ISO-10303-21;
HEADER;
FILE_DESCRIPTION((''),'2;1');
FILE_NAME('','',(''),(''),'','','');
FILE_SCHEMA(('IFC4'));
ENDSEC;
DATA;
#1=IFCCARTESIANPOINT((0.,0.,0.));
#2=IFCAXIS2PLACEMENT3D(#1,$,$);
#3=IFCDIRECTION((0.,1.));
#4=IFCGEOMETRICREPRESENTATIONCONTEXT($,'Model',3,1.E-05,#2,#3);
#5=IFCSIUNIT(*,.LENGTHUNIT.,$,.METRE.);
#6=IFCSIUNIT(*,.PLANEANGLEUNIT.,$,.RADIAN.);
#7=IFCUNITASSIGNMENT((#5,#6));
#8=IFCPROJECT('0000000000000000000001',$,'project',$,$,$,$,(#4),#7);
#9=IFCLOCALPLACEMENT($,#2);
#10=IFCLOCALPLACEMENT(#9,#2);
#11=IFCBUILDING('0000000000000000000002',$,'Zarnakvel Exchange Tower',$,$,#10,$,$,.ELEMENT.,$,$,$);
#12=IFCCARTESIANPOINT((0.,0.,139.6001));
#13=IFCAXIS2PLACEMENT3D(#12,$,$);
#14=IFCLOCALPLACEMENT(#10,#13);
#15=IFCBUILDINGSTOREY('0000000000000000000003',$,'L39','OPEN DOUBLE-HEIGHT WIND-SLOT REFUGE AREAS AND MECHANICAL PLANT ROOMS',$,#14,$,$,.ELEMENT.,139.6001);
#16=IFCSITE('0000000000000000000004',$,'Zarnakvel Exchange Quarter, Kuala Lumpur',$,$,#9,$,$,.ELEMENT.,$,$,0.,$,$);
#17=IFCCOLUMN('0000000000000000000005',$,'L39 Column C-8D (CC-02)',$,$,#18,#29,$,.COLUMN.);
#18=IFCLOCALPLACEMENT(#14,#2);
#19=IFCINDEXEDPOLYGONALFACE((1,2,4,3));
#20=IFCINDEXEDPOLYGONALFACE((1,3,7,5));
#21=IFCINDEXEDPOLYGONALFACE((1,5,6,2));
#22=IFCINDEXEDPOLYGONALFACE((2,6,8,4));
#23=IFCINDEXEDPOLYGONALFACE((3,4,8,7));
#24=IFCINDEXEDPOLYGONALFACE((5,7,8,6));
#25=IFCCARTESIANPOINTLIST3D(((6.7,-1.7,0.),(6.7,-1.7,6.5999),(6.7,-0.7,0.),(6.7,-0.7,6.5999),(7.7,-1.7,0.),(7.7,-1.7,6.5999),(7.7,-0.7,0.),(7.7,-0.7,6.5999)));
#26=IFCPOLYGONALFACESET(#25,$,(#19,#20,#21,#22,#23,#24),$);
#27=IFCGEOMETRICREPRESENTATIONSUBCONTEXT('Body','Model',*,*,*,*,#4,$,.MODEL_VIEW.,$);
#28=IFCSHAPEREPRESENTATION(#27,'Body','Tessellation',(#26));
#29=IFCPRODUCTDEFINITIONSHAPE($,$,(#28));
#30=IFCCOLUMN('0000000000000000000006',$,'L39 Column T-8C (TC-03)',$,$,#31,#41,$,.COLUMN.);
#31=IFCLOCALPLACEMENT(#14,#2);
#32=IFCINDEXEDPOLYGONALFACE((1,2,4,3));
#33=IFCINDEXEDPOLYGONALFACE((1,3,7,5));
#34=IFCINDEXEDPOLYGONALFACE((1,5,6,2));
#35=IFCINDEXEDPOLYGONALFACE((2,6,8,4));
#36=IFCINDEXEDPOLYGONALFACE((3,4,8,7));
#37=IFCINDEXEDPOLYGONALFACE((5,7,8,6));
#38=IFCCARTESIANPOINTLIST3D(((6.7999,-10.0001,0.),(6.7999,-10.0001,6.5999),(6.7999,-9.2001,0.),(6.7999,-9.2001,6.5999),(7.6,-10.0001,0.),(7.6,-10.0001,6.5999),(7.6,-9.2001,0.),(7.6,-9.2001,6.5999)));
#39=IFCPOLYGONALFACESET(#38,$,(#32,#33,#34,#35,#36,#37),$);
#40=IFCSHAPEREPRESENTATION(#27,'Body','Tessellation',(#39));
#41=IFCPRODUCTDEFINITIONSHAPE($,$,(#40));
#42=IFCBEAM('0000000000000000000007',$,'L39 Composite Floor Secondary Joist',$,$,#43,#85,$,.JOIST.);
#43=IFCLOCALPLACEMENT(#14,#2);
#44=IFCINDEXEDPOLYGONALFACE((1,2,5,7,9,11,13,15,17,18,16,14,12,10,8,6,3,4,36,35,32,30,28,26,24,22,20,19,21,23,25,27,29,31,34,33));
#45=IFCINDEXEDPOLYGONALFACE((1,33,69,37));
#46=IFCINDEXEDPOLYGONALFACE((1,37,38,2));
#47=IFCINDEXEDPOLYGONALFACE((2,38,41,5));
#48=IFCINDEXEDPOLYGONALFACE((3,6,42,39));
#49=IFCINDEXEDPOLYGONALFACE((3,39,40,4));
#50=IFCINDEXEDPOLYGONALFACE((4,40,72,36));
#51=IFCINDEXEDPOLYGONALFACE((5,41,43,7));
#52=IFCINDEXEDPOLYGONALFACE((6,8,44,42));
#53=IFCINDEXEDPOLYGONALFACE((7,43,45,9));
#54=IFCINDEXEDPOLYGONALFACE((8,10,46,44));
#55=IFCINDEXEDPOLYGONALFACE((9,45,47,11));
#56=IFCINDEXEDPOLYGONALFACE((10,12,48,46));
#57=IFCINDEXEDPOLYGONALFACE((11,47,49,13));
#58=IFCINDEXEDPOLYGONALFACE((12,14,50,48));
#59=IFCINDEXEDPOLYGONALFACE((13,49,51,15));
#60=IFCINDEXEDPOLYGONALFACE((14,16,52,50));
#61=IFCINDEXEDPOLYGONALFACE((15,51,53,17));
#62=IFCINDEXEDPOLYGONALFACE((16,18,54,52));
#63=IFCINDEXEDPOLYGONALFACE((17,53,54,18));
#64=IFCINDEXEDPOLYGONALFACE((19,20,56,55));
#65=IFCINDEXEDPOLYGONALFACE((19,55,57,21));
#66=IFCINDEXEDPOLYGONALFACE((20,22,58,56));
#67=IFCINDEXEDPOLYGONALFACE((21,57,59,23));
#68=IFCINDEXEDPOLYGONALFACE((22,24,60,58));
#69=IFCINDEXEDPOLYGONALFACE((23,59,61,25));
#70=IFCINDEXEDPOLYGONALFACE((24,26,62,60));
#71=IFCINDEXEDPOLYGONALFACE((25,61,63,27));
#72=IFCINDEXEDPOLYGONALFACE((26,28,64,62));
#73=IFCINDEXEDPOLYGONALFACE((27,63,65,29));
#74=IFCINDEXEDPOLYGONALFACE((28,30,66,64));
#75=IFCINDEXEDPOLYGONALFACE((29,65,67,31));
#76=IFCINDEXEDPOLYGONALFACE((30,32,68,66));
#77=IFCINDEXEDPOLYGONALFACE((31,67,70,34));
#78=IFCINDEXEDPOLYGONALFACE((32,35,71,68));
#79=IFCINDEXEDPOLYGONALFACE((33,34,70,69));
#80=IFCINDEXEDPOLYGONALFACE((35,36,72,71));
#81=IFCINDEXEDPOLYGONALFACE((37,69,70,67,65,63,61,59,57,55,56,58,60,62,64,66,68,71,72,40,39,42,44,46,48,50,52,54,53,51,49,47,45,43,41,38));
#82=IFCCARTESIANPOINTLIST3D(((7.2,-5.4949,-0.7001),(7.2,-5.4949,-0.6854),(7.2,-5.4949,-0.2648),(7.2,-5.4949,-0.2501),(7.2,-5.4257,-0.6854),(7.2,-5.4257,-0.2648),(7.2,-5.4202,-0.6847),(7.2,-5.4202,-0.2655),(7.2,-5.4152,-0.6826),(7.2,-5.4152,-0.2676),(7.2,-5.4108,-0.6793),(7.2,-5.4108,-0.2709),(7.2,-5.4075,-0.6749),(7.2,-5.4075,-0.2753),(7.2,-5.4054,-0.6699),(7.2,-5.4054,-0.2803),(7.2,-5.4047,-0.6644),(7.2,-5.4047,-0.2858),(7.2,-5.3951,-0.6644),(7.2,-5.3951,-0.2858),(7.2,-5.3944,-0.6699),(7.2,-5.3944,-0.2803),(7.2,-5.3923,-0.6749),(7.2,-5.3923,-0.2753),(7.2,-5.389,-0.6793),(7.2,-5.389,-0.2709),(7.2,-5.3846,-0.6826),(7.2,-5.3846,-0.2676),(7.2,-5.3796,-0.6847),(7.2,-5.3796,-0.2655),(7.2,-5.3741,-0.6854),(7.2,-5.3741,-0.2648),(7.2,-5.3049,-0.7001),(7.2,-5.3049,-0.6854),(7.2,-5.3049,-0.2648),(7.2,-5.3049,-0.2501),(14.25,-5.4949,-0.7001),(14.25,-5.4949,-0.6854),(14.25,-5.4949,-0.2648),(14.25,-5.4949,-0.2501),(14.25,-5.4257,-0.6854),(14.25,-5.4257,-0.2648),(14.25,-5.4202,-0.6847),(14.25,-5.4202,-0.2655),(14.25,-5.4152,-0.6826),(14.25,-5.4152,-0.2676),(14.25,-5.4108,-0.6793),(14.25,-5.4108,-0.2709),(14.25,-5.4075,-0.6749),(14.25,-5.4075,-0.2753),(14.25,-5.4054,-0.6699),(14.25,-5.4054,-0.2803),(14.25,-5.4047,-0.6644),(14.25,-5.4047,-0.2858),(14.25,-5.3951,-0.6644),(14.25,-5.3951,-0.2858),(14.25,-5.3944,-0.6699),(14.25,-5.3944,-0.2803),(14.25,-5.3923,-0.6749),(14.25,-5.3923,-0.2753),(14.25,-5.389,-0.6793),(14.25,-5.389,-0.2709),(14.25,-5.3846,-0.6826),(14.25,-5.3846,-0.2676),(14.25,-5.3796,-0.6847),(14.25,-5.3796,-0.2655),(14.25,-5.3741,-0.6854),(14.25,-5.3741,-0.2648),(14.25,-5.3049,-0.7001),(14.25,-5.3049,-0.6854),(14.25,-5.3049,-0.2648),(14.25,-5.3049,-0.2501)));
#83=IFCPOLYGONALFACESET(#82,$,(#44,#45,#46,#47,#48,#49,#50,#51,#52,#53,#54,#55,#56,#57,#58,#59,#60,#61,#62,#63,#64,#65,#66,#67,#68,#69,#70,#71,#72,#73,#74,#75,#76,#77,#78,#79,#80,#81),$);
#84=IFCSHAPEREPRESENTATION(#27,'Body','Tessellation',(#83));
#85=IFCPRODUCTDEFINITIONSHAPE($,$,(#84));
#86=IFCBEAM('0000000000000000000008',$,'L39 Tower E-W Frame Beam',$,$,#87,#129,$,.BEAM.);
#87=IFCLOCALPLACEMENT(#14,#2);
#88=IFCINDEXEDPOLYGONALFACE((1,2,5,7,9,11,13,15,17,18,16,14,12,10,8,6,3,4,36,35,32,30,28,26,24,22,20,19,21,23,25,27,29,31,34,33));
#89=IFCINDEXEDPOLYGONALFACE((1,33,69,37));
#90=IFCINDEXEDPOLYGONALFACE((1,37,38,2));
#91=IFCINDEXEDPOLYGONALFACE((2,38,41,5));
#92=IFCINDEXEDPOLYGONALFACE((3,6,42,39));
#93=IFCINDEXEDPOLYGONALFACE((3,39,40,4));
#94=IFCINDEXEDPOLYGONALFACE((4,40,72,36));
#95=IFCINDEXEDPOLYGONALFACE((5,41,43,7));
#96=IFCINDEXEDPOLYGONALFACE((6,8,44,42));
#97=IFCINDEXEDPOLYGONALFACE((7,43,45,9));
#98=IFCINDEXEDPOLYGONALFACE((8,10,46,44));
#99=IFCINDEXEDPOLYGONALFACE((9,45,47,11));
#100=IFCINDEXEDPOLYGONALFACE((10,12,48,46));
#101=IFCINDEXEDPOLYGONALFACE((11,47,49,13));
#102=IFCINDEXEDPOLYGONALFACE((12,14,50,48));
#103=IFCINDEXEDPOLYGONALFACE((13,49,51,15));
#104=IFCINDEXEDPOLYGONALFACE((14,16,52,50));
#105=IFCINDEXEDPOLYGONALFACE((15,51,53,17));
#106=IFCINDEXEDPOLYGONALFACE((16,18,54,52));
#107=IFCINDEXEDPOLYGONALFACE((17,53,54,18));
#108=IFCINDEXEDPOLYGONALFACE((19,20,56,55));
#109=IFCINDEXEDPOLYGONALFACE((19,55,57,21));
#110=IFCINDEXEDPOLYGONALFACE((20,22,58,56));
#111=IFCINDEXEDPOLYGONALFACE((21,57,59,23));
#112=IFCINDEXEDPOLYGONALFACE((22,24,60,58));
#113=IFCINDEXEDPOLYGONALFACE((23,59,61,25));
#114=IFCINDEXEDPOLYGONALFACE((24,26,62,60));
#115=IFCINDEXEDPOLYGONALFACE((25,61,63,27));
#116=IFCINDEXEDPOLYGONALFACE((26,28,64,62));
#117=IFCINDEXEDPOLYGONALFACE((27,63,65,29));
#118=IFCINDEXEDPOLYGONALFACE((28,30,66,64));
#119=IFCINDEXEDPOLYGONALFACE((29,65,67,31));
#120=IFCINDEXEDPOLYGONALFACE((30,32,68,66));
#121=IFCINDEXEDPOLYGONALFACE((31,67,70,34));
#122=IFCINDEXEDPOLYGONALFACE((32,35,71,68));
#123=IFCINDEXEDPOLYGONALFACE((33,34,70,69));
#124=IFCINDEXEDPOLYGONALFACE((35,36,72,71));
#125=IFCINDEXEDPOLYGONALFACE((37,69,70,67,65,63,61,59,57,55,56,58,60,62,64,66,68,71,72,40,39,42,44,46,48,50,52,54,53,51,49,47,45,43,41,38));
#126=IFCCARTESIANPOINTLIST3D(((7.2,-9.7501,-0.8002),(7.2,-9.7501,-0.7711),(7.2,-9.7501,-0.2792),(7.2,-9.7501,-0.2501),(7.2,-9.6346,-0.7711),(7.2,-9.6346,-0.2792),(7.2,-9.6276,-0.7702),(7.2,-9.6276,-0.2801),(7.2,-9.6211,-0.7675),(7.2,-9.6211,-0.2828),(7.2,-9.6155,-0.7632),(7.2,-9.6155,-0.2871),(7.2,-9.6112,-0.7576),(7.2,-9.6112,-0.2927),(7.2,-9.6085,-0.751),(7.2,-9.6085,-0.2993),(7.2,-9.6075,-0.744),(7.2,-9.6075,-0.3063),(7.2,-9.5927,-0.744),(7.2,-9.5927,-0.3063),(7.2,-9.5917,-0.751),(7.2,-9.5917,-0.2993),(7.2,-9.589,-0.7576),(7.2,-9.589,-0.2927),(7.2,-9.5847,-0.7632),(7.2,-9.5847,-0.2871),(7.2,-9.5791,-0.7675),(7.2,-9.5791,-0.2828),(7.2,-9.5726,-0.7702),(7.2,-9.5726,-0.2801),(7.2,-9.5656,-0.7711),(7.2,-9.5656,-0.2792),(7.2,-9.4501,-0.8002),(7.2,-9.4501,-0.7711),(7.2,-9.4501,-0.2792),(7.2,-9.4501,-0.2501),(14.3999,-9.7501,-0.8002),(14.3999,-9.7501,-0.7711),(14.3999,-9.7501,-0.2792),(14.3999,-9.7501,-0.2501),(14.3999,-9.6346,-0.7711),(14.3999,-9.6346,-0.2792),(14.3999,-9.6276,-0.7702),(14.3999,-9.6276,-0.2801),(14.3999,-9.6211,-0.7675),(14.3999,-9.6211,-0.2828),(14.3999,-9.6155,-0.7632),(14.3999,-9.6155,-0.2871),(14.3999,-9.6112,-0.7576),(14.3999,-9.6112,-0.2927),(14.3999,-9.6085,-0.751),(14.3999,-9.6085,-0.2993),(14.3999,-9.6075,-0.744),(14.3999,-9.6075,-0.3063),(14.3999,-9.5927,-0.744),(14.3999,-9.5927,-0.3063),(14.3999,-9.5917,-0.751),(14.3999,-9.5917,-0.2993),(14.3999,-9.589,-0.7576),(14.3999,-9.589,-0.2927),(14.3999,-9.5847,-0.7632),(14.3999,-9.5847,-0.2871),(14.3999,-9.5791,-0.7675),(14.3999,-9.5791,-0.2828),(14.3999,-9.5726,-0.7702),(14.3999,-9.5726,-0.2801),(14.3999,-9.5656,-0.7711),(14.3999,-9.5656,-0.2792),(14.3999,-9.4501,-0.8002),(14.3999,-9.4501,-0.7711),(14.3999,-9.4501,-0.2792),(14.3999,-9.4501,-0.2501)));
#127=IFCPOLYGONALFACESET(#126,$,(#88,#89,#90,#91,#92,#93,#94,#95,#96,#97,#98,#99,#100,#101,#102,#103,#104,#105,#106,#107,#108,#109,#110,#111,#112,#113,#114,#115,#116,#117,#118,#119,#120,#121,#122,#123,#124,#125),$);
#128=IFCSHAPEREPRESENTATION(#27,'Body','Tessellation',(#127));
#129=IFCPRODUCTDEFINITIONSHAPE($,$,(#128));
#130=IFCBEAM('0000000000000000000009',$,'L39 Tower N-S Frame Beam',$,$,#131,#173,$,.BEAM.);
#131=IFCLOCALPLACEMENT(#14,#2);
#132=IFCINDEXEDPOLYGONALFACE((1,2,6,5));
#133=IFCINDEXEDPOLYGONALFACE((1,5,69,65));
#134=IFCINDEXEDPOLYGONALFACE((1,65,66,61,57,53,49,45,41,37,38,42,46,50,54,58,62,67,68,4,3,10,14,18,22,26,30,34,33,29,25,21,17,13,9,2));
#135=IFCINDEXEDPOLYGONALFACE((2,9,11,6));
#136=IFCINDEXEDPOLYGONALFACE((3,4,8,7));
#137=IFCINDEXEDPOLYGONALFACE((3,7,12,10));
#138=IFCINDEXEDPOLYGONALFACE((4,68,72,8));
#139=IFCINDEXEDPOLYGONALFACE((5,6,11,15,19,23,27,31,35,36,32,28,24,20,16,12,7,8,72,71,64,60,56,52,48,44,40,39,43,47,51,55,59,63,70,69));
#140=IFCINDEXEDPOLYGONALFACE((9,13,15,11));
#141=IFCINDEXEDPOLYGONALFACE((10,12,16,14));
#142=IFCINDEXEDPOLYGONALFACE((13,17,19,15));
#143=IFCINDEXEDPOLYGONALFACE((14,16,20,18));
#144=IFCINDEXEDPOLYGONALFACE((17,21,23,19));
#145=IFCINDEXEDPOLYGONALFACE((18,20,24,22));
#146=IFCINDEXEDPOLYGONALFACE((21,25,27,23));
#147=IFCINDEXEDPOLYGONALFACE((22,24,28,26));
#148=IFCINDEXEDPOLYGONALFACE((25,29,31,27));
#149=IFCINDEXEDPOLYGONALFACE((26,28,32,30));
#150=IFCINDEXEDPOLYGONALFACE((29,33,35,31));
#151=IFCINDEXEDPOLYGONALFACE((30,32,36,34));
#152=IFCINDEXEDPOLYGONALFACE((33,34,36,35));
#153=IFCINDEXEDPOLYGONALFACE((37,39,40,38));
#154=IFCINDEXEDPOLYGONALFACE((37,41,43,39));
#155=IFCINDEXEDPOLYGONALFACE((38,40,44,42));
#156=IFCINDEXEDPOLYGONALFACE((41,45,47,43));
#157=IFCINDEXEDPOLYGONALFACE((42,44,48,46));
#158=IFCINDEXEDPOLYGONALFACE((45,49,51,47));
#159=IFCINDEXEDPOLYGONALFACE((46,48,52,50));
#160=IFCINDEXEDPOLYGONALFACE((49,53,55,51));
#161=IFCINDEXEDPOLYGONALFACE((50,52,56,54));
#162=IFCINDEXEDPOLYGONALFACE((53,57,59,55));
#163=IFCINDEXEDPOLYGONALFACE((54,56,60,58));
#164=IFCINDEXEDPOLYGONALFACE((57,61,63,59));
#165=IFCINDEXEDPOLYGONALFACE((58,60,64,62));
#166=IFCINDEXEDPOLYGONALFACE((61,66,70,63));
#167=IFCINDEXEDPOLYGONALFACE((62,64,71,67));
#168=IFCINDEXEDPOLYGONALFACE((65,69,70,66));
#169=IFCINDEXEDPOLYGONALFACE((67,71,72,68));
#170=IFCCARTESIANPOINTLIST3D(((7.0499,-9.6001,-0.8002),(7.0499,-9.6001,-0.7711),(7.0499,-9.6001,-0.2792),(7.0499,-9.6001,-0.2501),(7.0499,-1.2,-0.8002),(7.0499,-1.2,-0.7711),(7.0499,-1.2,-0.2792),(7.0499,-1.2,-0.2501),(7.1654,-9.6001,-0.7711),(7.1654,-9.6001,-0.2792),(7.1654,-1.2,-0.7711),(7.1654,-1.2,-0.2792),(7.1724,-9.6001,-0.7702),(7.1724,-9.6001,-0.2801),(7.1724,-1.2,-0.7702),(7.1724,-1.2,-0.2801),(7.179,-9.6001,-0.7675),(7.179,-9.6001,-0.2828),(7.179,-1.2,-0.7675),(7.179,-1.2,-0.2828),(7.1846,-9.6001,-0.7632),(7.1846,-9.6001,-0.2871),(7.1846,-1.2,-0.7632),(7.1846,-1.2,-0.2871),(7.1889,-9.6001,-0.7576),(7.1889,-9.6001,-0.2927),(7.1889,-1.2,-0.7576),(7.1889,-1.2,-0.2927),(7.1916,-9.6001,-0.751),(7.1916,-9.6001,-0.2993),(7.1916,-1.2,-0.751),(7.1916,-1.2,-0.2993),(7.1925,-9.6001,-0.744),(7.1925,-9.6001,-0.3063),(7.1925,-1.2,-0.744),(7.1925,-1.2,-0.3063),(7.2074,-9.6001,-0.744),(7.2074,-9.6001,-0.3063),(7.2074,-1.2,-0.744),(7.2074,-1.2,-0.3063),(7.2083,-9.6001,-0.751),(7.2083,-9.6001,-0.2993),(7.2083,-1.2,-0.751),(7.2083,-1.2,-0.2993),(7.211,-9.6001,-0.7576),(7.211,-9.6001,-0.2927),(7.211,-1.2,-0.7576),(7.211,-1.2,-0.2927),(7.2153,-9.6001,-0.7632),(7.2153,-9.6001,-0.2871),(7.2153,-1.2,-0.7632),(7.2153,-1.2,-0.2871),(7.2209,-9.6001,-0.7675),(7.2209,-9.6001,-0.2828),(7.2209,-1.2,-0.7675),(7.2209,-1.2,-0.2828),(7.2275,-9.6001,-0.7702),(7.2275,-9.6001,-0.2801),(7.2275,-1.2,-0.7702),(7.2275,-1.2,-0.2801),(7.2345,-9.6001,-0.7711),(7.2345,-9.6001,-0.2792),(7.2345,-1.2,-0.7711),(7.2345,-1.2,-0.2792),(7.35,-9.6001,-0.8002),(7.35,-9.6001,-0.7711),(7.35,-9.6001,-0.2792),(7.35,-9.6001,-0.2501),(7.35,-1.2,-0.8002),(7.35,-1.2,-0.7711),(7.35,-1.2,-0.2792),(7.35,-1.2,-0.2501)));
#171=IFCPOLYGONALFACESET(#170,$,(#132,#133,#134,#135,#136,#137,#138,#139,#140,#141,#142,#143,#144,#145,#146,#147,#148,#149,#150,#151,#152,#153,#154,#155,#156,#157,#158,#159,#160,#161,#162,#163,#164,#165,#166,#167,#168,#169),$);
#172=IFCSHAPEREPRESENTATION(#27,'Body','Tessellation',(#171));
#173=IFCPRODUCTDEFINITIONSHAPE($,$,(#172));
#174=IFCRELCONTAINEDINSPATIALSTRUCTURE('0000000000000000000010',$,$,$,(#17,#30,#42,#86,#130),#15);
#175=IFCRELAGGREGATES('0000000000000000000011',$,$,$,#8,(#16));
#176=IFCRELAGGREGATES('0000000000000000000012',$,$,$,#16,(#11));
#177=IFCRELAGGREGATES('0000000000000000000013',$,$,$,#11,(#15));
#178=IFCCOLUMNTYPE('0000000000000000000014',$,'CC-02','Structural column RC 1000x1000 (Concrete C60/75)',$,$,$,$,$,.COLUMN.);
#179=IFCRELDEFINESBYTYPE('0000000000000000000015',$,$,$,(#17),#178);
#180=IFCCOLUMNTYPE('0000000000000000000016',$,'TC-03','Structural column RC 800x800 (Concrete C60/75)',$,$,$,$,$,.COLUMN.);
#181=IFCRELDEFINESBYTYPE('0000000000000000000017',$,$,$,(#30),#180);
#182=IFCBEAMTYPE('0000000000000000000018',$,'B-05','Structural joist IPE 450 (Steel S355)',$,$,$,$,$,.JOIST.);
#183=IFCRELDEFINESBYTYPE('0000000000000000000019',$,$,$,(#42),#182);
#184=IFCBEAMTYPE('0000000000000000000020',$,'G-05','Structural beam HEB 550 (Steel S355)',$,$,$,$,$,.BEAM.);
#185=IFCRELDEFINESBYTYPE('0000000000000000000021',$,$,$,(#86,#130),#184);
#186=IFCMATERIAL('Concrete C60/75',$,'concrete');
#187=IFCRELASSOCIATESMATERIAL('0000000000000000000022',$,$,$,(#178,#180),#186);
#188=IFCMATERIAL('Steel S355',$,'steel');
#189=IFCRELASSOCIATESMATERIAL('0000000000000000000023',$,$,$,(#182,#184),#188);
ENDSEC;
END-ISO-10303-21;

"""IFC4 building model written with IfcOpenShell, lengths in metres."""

from ifc_helpers import new_model, si_unit, direction, frame, origin, origin_2d, place, context, subcontext, project, spatial, rectangle, i_section, extrude, material, material_profile, profile_set, type_object, element, save


model = new_model("IFC4")

# Units and contexts
model_context = context("Model", 3, precision=1e-05, world=origin(), true_north=direction((0.0, 1.0)))
body_context = subcontext(model_context, "Body", "Model", "MODEL_VIEW")
ifc_project = project(units=[si_unit("LENGTHUNIT", "METRE"), si_unit("PLANEANGLEUNIT", "RADIAN")], contexts=[model_context])

# Site, building, storey
site_placement = place(None, origin())
site = spatial("IfcSite", under=ifc_project, at=site_placement, Name="Zarnakvel Exchange Quarter, Kuala Lumpur", CompositionType="ELEMENT", RefElevation=0.0)
building_placement = place(site_placement, origin())
building = spatial("IfcBuilding", under=site, at=building_placement, Name="Zarnakvel Exchange Tower", CompositionType="ELEMENT")
storey_placement = place(building_placement, frame((0.0, 0.0, 139.6001)))
storey = spatial("IfcBuildingStorey", under=building, at=storey_placement, Name="L39", Description="OPEN DOUBLE-HEIGHT WIND-SLOT REFUGE AREAS AND MECHANICAL PLANT ROOMS", CompositionType="ELEMENT", Elevation=139.6001)

# Columns
ifc_material_1 = material(Name="Concrete C60/75", Category="concrete")
ifc_material_profile_1 = material_profile(ifc_material_1, rectangle(XDim=1.0, YDim=1.0, at=origin_2d()))
ifc_profile_set_1 = profile_set([ifc_material_profile_1], Name="Concrete C60/75")
column_type_1 = type_object("IfcColumnType", Name="CC-02", Description="Structural column RC 1000x1000 (Concrete C60/75)", PredefinedType="COLUMN", material=ifc_profile_set_1)
column_1_placement = place(storey_placement, frame((7.2, -1.2, 0.0), z_axis=(0.0, 0.0, 1.0), x_axis=(1.0, 0.0, 0.0)))
element("IfcColumn", 1, at=column_1_placement, inside=storey, type_object=column_type_1, Name="L39 Column C-8D (CC-02)", PredefinedType="COLUMN", context=body_context, shape_type="SweptSolid", body=[
    extrude(rectangle(XDim=1.0, YDim=1.0, at=origin_2d()), origin(), (0.0, 0.0, 1.0), 6.5999),
])
ifc_material_profile_2 = material_profile(ifc_material_1, rectangle(XDim=0.8, YDim=0.8, at=origin_2d()))
ifc_profile_set_2 = profile_set([ifc_material_profile_2], Name="Concrete C60/75")
column_type_2 = type_object("IfcColumnType", Name="TC-03", Description="Structural column RC 800x800 (Concrete C60/75)", PredefinedType="COLUMN", material=ifc_profile_set_2)
column_2_placement = place(storey_placement, frame((7.2, -9.6001, 0.0), z_axis=(0.0, 0.0, 1.0), x_axis=(1.0, 0.0, 0.0)))
element("IfcColumn", 2, at=column_2_placement, inside=storey, type_object=column_type_2, Name="L39 Column T-8C (TC-03)", PredefinedType="COLUMN", context=body_context, shape_type="SweptSolid", body=[
    extrude(rectangle(XDim=0.8, YDim=0.8, at=origin_2d()), origin(), (0.0, 0.0, 1.0), 6.5999),
])

# Beams
ifc_material_2 = material(Name="Steel S355", Category="steel")
ifc_material_profile_3 = material_profile(ifc_material_2, i_section(OverallWidth=0.1899, OverallDepth=0.45, WebThickness=0.0095, FlangeThickness=0.0146, FilletRadius=0.021, at=origin_2d()))
ifc_profile_set_3 = profile_set([ifc_material_profile_3], Name="Steel S355")
beam_type_1 = type_object("IfcBeamType", Name="B-05", Description="Structural joist IPE 450 (Steel S355)", PredefinedType="JOIST", material=ifc_profile_set_3)
beam_1_placement = place(storey_placement, frame((7.2, -5.3999, -0.4751), z_axis=(1.0, 0.0, 0.0), x_axis=(0.0, 1.0, 0.0)))
element("IfcBeam", 3, at=beam_1_placement, inside=storey, type_object=beam_type_1, Name="L39 Composite Floor Secondary Joist", PredefinedType="JOIST", context=body_context, shape_type="SweptSolid", body=[
    extrude(i_section(OverallWidth=0.1899, OverallDepth=0.45, WebThickness=0.0095, FlangeThickness=0.0146, FilletRadius=0.021, at=origin_2d()), origin(), (0.0, 0.0, 1.0), 7.05),
])
ifc_material_profile_4 = material_profile(ifc_material_2, i_section(OverallWidth=0.3, OverallDepth=0.55, WebThickness=0.0149, FlangeThickness=0.0291, FilletRadius=0.0271, at=origin_2d()))
ifc_profile_set_4 = profile_set([ifc_material_profile_4], Name="Steel S355")
beam_type_2 = type_object("IfcBeamType", Name="G-05", Description="Structural beam HEB 550 (Steel S355)", PredefinedType="BEAM", material=ifc_profile_set_4)
beam_2_placement = place(storey_placement, frame((7.2, -9.6001, -0.5251), z_axis=(1.0, 0.0, 0.0), x_axis=(0.0, 1.0, 0.0)))
element("IfcBeam", 4, at=beam_2_placement, inside=storey, type_object=beam_type_2, Name="L39 Tower E-W Frame Beam", PredefinedType="BEAM", context=body_context, shape_type="SweptSolid", body=[
    extrude(i_section(OverallWidth=0.3, OverallDepth=0.55, WebThickness=0.0149, FlangeThickness=0.0291, FilletRadius=0.0271, at=origin_2d()), origin(), (0.0, 0.0, 1.0), 7.2),
])
beam_3_placement = place(storey_placement, frame((7.2, -9.6001, -0.5251), z_axis=(0.0, 1.0, 0.0), x_axis=(-1.0, 0.0, 0.0)))
element("IfcBeam", 5, at=beam_3_placement, inside=storey, type_object=beam_type_2, Name="L39 Tower N-S Frame Beam", PredefinedType="BEAM", context=body_context, shape_type="SweptSolid", body=[
    extrude(i_section(OverallWidth=0.3, OverallDepth=0.55, WebThickness=0.0149, FlangeThickness=0.0291, FilletRadius=0.0271, at=origin_2d()), origin(), (0.0, 0.0, 1.0), 8.4001),
])

save(model, "model.ifc")
